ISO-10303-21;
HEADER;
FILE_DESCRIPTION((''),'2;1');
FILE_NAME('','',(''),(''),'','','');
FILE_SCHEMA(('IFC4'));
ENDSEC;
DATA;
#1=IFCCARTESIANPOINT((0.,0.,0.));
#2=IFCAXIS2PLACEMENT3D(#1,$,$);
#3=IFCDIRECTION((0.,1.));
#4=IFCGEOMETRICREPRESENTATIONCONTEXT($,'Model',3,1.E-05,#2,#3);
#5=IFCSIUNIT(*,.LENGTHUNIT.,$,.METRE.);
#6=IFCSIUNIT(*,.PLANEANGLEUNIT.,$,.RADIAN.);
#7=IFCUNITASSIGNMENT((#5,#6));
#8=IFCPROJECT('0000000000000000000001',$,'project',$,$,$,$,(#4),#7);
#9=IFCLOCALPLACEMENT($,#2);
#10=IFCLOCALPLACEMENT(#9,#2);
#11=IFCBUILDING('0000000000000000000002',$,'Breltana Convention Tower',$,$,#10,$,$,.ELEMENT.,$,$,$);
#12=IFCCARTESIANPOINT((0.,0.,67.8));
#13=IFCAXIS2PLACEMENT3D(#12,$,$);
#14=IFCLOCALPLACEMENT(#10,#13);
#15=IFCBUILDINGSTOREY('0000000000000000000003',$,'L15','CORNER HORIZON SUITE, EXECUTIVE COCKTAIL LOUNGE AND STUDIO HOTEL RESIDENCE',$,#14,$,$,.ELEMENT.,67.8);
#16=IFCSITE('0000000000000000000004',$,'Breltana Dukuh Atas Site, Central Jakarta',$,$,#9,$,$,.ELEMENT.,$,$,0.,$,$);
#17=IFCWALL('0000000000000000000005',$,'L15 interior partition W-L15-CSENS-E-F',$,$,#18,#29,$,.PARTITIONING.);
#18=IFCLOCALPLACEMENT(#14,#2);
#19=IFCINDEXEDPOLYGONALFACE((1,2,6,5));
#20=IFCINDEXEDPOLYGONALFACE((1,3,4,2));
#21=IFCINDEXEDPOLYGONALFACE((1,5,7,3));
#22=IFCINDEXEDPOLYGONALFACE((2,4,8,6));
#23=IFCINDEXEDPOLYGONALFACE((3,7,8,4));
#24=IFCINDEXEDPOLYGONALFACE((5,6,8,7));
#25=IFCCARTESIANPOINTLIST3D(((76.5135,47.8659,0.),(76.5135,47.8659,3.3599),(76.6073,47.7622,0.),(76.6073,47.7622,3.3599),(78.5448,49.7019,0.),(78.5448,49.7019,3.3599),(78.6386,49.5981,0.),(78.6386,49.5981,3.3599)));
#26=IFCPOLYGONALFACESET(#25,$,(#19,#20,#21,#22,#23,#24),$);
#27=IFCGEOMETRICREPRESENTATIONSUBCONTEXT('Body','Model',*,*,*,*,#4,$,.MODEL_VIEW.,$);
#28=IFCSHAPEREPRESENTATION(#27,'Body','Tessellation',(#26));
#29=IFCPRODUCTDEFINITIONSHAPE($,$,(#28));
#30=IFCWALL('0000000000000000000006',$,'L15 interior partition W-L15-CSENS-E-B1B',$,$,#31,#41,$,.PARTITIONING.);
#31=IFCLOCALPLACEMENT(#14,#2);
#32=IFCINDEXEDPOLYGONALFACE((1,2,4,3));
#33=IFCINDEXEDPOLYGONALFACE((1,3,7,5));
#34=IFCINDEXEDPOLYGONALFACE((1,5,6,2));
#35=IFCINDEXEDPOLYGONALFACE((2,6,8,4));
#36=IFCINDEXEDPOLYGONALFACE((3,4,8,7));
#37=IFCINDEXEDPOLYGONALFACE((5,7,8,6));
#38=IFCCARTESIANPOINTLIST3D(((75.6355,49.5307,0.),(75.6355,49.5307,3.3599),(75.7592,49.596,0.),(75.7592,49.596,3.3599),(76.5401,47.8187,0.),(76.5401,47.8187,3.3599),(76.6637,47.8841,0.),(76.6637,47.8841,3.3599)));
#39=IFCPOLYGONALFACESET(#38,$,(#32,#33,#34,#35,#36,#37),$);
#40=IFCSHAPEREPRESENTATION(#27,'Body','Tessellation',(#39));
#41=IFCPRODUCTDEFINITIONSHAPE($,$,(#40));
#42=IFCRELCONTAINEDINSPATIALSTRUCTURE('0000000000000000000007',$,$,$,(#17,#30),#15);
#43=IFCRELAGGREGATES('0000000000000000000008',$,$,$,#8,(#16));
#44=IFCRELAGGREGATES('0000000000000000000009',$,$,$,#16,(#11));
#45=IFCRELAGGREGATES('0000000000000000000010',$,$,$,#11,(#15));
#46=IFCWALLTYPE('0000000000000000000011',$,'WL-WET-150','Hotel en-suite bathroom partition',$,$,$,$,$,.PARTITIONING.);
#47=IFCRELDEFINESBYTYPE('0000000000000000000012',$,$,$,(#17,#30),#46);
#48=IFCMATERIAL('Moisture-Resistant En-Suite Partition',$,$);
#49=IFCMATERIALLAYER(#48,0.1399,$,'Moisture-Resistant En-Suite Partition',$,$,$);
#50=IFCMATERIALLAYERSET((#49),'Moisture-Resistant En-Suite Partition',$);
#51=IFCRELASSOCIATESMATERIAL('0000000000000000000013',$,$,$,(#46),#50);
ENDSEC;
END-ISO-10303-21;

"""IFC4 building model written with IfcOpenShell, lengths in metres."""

from ifc_helpers import new_model, si_unit, direction, frame, frame_2d, origin, place, context, subcontext, project, spatial, rectangle, extrude, source, transform, mapped, material, layer, layer_set, type_object, element, save


model = new_model("IFC4")

# Units and contexts
model_context = context("Model", 3, precision=1e-05, world=origin(), true_north=direction((0.0, 1.0)))
body_context = subcontext(model_context, "Body", "Model", "MODEL_VIEW")
ifc_project = project(units=[si_unit("LENGTHUNIT", "METRE"), si_unit("PLANEANGLEUNIT", "RADIAN")], contexts=[model_context])

# Site, building, storey
site_placement = place(None, origin())
site = spatial("IfcSite", under=ifc_project, at=site_placement, Name="Breltana Dukuh Atas Site, Central Jakarta", CompositionType="ELEMENT", RefElevation=0.0)
building_placement = place(site_placement, origin())
building = spatial("IfcBuilding", under=site, at=building_placement, Name="Breltana Convention Tower", CompositionType="ELEMENT")
storey_placement = place(building_placement, frame((0.0, 0.0, 67.8)))
storey = spatial("IfcBuildingStorey", under=building, at=storey_placement, Name="L15", Description="CORNER HORIZON SUITE, EXECUTIVE COCKTAIL LOUNGE AND STUDIO HOTEL RESIDENCE", CompositionType="ELEMENT", Elevation=67.8)

# Walls
ifc_material_1 = material(Name="Moisture-Resistant En-Suite Partition")
ifc_layer_1 = layer(ifc_material_1, 0.1399, Name="Moisture-Resistant En-Suite Partition")
ifc_layer_set_1 = layer_set([ifc_layer_1], Name="Moisture-Resistant En-Suite Partition")
wall_type_1 = type_object("IfcWallType", Name="WL-WET-150", Description="Hotel en-suite bathroom partition", PredefinedType="PARTITIONING", material=ifc_layer_set_1)
shared_shape_1 = source(origin(), body_context, "Body", "SweptSolid", [
    extrude(rectangle(XDim=2.738, YDim=0.1399, at=frame_2d((1.3691, 0.0))), origin(), (0.0, 0.0, 1.0), 3.3599),
])
wall_1_placement = place(storey_placement, frame((76.5603, 47.814, 0.0), z_axis=(0.0, 0.0, 1.0), x_axis=(0.741874, 0.67054, 0.0)))
element("IfcWall", 1, at=wall_1_placement, inside=storey, type_object=wall_type_1, Name="L15 interior partition W-L15-CSENS-E-F", PredefinedType="PARTITIONING", context=body_context, shape_type="MappedRepresentation", body=[
    mapped(shared_shape_1, transform((0.0, 0.0, 0.0), scale=1.0)),
])
shared_shape_2 = source(origin(), body_context, "Body", "SweptSolid", [
    extrude(rectangle(XDim=1.9363, YDim=0.1399, at=frame_2d((0.9683, 0.0))), origin(), (0.0, 0.0, 1.0), 3.3599),
])
wall_2_placement = place(storey_placement, frame((75.6973, 49.5635, 0.0), z_axis=(0.0, 0.0, 1.0), x_axis=(0.467175, -0.884165, 0.0)))
element("IfcWall", 2, at=wall_2_placement, inside=storey, type_object=wall_type_1, Name="L15 interior partition W-L15-CSENS-E-B1B", PredefinedType="PARTITIONING", context=body_context, shape_type="MappedRepresentation", body=[
    mapped(shared_shape_2, transform((0.0, 0.0, 0.0), scale=1.0)),
])

save(model, "model.ifc")
